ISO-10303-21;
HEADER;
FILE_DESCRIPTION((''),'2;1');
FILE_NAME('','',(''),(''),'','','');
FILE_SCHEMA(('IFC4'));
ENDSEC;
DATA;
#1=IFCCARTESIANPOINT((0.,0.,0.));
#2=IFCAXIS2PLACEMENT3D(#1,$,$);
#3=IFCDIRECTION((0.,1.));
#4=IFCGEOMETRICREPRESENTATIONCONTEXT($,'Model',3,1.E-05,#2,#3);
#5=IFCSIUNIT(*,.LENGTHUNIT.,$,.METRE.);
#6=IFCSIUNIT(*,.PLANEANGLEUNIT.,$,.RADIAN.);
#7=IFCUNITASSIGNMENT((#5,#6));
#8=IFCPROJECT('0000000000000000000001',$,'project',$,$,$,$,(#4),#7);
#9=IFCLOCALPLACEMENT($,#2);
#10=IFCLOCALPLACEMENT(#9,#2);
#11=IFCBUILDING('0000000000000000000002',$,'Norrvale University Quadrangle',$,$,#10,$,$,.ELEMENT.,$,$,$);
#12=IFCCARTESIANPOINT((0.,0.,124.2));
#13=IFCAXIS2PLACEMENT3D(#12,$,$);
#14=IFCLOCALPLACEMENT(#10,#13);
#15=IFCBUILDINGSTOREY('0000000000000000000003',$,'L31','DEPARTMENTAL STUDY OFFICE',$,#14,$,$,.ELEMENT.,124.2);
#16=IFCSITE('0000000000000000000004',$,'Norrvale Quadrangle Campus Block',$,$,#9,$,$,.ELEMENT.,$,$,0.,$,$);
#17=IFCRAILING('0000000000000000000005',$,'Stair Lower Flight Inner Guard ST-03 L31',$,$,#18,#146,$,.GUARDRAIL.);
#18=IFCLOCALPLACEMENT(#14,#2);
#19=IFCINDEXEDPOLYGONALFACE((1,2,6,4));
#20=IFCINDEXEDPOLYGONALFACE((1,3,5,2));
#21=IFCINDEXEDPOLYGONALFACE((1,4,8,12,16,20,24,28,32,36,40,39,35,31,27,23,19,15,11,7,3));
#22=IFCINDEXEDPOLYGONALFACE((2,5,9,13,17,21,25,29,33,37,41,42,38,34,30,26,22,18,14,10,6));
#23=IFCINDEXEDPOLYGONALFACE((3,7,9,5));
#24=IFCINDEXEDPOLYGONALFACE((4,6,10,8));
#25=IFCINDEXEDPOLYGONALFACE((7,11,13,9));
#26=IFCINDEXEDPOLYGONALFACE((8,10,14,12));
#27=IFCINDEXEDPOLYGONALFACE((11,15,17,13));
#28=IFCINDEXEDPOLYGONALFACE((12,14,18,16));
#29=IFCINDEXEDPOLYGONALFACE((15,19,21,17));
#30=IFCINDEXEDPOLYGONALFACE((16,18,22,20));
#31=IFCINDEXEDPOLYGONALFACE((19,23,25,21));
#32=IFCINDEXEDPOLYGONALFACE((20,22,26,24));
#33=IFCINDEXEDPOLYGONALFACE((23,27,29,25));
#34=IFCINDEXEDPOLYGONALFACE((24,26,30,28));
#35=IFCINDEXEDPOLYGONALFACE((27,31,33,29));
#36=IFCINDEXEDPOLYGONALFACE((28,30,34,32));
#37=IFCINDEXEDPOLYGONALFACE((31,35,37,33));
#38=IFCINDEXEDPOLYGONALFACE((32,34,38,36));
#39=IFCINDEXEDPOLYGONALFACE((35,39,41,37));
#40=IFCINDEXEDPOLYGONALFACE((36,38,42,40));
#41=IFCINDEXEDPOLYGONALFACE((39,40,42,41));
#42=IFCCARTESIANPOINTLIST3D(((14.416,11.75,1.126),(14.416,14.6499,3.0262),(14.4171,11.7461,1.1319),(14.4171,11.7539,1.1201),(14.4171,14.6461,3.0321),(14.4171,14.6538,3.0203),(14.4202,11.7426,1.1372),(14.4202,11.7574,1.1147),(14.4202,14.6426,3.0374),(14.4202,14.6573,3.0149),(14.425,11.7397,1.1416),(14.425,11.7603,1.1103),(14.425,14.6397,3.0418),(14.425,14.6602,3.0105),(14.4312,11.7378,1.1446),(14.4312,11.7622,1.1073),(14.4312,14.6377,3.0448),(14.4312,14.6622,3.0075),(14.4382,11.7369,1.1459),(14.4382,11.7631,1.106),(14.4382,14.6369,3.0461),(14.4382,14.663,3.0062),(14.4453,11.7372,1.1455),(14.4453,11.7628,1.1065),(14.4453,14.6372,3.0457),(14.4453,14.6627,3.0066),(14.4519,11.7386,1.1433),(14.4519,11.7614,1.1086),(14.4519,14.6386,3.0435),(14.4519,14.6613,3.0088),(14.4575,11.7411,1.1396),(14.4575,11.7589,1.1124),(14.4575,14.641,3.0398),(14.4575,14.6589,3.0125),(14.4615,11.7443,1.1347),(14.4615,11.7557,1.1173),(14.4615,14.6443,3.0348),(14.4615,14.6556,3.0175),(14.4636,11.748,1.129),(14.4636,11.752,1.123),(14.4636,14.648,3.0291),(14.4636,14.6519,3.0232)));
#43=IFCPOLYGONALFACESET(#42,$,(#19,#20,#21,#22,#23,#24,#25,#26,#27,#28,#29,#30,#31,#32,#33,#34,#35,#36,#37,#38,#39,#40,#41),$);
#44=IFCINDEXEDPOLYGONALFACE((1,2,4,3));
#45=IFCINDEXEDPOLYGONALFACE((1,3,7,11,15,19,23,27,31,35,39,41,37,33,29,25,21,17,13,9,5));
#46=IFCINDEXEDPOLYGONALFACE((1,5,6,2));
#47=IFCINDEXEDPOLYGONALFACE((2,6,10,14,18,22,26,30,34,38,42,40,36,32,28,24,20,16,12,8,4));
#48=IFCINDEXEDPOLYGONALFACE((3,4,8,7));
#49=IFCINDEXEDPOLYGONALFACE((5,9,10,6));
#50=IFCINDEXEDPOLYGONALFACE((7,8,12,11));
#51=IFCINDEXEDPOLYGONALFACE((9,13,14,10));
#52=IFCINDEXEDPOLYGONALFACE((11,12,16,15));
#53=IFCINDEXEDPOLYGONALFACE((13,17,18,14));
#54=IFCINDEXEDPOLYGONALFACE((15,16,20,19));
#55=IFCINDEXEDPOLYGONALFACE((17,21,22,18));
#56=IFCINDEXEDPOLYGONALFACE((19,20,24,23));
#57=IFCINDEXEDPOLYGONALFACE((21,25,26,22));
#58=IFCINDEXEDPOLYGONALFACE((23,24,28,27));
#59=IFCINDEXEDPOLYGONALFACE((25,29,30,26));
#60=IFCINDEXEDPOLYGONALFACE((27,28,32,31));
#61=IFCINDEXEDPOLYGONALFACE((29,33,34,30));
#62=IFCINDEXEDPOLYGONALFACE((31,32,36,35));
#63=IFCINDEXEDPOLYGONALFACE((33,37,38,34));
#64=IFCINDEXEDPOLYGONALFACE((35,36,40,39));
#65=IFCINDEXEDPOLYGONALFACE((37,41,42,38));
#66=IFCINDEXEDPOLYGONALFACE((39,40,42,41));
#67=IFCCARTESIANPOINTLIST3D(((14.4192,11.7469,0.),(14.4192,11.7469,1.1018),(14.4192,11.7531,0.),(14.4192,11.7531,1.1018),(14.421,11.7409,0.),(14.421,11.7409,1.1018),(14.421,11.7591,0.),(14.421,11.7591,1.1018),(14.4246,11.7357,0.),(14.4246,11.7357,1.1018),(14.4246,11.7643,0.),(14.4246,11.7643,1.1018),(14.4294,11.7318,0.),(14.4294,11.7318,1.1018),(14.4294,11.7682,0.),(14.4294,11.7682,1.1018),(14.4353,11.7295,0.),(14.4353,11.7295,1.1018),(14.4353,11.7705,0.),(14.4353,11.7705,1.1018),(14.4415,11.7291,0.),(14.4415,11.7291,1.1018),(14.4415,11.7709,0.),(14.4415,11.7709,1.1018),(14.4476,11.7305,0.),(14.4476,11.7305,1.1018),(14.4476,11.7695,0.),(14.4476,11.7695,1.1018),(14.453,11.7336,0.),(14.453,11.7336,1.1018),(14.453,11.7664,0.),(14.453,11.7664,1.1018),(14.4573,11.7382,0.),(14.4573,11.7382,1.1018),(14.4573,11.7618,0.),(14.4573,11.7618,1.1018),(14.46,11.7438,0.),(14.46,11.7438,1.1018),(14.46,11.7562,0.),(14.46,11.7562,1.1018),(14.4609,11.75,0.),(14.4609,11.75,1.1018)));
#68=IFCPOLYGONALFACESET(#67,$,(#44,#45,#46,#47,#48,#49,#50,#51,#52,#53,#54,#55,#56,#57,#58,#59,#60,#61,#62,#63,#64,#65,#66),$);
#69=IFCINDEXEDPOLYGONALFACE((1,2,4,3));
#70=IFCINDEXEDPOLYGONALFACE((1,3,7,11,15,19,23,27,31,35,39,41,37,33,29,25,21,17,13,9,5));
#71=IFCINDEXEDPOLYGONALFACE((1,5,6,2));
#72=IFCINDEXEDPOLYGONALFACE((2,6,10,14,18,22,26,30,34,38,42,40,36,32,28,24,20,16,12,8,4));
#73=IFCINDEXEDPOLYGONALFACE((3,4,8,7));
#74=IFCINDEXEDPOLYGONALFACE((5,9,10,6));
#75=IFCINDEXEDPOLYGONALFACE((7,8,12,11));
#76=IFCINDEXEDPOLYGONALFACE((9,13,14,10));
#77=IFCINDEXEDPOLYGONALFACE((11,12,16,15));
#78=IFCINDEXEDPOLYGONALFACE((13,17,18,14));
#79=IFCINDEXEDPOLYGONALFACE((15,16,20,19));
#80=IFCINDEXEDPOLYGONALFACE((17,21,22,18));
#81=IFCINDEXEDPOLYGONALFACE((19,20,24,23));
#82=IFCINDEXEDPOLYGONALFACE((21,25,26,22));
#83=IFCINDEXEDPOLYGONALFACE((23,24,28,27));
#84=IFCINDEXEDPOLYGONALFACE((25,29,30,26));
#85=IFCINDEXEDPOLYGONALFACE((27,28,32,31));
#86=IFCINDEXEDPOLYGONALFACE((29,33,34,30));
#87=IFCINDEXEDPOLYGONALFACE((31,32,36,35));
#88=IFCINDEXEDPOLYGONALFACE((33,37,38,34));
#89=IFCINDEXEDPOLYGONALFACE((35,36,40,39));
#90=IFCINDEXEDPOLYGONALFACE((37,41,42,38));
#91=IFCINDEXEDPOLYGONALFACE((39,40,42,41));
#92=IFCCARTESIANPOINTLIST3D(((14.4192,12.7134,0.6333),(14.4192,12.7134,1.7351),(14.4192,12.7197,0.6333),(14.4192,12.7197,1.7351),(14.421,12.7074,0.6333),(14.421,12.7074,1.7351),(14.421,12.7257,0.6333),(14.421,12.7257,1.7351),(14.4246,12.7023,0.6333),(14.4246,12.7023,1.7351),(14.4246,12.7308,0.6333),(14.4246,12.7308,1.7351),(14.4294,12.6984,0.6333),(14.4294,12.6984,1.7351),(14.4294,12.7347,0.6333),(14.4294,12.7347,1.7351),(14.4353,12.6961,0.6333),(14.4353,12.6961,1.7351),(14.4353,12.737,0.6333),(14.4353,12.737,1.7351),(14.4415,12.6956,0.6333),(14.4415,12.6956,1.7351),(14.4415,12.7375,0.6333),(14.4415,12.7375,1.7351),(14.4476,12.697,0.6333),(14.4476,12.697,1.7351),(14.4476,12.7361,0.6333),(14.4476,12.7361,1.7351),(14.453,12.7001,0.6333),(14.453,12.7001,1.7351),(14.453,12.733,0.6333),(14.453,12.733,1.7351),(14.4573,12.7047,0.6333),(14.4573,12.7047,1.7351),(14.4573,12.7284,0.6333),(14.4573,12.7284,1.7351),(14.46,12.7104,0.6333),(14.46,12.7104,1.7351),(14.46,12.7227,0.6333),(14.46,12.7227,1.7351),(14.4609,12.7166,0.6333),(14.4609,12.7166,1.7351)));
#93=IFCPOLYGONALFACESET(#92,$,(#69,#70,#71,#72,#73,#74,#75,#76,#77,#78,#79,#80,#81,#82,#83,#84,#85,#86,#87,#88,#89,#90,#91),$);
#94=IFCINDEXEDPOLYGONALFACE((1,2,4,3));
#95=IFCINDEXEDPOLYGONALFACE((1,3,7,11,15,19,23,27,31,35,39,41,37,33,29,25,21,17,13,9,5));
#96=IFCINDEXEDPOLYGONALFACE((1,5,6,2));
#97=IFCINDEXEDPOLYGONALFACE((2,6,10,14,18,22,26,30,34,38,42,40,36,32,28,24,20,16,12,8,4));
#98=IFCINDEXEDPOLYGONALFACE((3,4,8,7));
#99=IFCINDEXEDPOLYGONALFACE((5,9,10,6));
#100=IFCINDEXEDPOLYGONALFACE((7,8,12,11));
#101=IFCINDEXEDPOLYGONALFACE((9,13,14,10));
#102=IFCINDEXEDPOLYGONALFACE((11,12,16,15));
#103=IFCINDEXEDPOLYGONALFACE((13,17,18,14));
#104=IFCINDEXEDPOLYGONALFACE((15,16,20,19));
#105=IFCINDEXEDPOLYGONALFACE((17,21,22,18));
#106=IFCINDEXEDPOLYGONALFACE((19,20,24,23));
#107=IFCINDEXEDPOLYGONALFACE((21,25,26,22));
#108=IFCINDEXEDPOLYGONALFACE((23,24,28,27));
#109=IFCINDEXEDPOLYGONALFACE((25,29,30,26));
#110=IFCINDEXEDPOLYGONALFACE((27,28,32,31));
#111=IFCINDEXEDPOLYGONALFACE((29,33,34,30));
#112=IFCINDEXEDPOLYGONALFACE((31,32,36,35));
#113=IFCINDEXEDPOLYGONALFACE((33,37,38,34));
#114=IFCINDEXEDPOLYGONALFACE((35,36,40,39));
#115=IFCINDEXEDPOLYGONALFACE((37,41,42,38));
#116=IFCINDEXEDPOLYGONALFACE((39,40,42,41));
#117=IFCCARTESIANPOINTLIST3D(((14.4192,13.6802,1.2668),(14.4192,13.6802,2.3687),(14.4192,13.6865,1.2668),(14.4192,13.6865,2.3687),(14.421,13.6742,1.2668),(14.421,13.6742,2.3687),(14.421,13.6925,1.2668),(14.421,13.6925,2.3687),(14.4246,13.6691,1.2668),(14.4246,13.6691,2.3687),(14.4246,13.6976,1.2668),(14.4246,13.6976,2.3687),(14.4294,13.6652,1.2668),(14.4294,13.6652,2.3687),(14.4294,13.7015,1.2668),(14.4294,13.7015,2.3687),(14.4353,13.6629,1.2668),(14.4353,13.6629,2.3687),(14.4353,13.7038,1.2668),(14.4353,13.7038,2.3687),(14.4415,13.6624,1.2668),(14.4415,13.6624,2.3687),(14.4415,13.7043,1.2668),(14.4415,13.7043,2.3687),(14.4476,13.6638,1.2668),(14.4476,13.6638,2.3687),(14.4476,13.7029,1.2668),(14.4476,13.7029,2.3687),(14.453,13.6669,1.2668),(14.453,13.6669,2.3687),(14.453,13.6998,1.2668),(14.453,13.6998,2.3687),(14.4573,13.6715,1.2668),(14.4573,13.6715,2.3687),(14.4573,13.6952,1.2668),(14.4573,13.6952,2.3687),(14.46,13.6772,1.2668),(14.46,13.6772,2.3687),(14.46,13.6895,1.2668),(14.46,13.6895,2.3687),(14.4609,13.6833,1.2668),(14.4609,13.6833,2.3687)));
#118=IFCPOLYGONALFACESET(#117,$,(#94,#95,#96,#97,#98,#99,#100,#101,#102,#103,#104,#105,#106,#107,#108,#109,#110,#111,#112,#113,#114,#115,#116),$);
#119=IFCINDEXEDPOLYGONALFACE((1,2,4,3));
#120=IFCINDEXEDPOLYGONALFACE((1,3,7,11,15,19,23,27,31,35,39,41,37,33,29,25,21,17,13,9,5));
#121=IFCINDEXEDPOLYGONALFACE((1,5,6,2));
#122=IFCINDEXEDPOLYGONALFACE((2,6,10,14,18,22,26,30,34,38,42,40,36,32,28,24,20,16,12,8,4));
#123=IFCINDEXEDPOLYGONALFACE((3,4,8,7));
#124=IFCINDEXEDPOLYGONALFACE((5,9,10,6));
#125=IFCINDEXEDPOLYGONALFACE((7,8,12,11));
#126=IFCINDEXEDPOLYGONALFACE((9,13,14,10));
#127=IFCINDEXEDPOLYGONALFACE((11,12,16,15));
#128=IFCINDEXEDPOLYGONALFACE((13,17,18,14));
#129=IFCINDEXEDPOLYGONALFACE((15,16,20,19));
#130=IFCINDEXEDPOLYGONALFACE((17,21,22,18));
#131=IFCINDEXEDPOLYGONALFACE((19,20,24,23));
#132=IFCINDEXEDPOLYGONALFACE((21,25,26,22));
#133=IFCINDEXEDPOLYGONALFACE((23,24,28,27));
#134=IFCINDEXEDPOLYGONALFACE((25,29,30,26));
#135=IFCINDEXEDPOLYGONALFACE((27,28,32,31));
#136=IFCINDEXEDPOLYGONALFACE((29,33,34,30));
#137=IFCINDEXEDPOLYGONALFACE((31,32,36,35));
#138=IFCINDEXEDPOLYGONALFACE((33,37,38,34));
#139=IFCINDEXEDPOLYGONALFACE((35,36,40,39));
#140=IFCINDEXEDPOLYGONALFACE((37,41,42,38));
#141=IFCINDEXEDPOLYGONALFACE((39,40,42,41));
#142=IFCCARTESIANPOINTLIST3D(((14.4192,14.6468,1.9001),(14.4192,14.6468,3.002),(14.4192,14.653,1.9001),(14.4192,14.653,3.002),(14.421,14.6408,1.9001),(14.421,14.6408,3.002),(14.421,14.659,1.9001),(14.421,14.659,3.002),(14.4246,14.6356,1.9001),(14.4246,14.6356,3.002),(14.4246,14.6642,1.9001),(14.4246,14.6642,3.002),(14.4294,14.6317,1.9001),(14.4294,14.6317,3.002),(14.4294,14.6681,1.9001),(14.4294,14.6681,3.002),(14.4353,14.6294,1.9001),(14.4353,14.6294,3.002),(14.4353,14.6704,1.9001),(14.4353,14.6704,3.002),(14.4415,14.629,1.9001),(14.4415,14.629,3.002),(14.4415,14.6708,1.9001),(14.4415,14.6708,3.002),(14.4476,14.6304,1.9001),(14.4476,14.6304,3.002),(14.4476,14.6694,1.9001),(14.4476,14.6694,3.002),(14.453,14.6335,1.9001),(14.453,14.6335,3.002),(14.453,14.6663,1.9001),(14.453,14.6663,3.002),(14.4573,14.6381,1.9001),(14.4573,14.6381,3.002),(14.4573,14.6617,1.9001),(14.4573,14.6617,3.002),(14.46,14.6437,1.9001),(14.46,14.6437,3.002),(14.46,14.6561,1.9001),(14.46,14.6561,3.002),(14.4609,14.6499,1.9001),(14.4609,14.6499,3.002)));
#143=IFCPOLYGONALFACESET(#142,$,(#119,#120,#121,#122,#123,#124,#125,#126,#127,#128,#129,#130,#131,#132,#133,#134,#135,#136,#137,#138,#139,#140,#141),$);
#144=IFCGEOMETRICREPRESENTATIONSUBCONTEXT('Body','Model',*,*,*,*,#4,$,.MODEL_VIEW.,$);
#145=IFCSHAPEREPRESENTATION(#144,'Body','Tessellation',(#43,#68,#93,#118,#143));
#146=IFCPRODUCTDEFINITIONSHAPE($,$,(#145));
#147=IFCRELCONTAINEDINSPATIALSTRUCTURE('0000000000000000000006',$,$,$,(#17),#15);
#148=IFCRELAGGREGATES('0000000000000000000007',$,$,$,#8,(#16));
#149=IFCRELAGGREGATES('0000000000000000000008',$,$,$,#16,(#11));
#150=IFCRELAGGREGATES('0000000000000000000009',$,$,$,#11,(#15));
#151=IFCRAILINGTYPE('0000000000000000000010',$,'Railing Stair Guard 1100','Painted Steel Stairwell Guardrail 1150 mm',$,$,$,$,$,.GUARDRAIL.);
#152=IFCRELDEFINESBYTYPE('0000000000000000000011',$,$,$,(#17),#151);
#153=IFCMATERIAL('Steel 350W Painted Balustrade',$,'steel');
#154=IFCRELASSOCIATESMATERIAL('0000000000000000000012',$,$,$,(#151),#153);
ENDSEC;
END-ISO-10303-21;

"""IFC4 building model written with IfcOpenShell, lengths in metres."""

from ifc_helpers import new_model, si_unit, direction, frame, origin, origin_2d, place, context, subcontext, project, spatial, circle, extrude, material, type_object, element, save


model = new_model("IFC4")

# Units and contexts
model_context = context("Model", 3, precision=1e-05, world=origin(), true_north=direction((0.0, 1.0)))
body_context = subcontext(model_context, "Body", "Model", "MODEL_VIEW")
ifc_project = project(units=[si_unit("LENGTHUNIT", "METRE"), si_unit("PLANEANGLEUNIT", "RADIAN")], contexts=[model_context])

# Site, building, storey
site_placement = place(None, origin())
site = spatial("IfcSite", under=ifc_project, at=site_placement, Name="Norrvale Quadrangle Campus Block", CompositionType="ELEMENT", RefElevation=0.0)
building_placement = place(site_placement, origin())
building = spatial("IfcBuilding", under=site, at=building_placement, Name="Norrvale University Quadrangle", CompositionType="ELEMENT")
storey_placement = place(building_placement, frame((0.0, 0.0, 124.2)))
storey = spatial("IfcBuildingStorey", under=building, at=storey_placement, Name="L31", Description="DEPARTMENTAL STUDY OFFICE", CompositionType="ELEMENT", Elevation=124.2)

# Railing
ifc_material_1 = material(Name="Steel 350W Painted Balustrade", Category="steel")
railing_type_1 = type_object("IfcRailingType", Name="Railing Stair Guard 1100", Description="Painted Steel Stairwell Guardrail 1150 mm", PredefinedType="GUARDRAIL", material=ifc_material_1)
railing_1_placement = place(storey_placement, frame((14.4399, 11.75, 0.0)))
element("IfcRailing", 1, at=railing_1_placement, inside=storey, type_object=railing_type_1, Name="Stair Lower Flight Inner Guard ST-03 L31", PredefinedType="GUARDRAIL", context=body_context, shape_type="SweptSolid", body=[
    extrude(circle(Radius=0.0239, at=origin_2d()), frame((0.0, 0.0, 1.126), z_axis=(0.0, 0.836433, 0.548069), x_axis=(-1.0, 0.0, 0.0)), (0.0, 0.0, 1.0), 3.467),
    extrude(circle(Radius=0.021, at=origin_2d()), origin(), (0.0, 0.0, 1.0), 1.1018),
    extrude(circle(Radius=0.021, at=origin_2d()), frame((0.0, 0.9666, 0.6333)), (0.0, 0.0, 1.0), 1.1018),
    extrude(circle(Radius=0.021, at=origin_2d()), frame((0.0, 1.9333, 1.2668)), (0.0, 0.0, 1.0), 1.1018),
    extrude(circle(Radius=0.021, at=origin_2d()), frame((0.0, 2.8999, 1.9001)), (0.0, 0.0, 1.0), 1.1018),
])

save(model, "model.ifc")
